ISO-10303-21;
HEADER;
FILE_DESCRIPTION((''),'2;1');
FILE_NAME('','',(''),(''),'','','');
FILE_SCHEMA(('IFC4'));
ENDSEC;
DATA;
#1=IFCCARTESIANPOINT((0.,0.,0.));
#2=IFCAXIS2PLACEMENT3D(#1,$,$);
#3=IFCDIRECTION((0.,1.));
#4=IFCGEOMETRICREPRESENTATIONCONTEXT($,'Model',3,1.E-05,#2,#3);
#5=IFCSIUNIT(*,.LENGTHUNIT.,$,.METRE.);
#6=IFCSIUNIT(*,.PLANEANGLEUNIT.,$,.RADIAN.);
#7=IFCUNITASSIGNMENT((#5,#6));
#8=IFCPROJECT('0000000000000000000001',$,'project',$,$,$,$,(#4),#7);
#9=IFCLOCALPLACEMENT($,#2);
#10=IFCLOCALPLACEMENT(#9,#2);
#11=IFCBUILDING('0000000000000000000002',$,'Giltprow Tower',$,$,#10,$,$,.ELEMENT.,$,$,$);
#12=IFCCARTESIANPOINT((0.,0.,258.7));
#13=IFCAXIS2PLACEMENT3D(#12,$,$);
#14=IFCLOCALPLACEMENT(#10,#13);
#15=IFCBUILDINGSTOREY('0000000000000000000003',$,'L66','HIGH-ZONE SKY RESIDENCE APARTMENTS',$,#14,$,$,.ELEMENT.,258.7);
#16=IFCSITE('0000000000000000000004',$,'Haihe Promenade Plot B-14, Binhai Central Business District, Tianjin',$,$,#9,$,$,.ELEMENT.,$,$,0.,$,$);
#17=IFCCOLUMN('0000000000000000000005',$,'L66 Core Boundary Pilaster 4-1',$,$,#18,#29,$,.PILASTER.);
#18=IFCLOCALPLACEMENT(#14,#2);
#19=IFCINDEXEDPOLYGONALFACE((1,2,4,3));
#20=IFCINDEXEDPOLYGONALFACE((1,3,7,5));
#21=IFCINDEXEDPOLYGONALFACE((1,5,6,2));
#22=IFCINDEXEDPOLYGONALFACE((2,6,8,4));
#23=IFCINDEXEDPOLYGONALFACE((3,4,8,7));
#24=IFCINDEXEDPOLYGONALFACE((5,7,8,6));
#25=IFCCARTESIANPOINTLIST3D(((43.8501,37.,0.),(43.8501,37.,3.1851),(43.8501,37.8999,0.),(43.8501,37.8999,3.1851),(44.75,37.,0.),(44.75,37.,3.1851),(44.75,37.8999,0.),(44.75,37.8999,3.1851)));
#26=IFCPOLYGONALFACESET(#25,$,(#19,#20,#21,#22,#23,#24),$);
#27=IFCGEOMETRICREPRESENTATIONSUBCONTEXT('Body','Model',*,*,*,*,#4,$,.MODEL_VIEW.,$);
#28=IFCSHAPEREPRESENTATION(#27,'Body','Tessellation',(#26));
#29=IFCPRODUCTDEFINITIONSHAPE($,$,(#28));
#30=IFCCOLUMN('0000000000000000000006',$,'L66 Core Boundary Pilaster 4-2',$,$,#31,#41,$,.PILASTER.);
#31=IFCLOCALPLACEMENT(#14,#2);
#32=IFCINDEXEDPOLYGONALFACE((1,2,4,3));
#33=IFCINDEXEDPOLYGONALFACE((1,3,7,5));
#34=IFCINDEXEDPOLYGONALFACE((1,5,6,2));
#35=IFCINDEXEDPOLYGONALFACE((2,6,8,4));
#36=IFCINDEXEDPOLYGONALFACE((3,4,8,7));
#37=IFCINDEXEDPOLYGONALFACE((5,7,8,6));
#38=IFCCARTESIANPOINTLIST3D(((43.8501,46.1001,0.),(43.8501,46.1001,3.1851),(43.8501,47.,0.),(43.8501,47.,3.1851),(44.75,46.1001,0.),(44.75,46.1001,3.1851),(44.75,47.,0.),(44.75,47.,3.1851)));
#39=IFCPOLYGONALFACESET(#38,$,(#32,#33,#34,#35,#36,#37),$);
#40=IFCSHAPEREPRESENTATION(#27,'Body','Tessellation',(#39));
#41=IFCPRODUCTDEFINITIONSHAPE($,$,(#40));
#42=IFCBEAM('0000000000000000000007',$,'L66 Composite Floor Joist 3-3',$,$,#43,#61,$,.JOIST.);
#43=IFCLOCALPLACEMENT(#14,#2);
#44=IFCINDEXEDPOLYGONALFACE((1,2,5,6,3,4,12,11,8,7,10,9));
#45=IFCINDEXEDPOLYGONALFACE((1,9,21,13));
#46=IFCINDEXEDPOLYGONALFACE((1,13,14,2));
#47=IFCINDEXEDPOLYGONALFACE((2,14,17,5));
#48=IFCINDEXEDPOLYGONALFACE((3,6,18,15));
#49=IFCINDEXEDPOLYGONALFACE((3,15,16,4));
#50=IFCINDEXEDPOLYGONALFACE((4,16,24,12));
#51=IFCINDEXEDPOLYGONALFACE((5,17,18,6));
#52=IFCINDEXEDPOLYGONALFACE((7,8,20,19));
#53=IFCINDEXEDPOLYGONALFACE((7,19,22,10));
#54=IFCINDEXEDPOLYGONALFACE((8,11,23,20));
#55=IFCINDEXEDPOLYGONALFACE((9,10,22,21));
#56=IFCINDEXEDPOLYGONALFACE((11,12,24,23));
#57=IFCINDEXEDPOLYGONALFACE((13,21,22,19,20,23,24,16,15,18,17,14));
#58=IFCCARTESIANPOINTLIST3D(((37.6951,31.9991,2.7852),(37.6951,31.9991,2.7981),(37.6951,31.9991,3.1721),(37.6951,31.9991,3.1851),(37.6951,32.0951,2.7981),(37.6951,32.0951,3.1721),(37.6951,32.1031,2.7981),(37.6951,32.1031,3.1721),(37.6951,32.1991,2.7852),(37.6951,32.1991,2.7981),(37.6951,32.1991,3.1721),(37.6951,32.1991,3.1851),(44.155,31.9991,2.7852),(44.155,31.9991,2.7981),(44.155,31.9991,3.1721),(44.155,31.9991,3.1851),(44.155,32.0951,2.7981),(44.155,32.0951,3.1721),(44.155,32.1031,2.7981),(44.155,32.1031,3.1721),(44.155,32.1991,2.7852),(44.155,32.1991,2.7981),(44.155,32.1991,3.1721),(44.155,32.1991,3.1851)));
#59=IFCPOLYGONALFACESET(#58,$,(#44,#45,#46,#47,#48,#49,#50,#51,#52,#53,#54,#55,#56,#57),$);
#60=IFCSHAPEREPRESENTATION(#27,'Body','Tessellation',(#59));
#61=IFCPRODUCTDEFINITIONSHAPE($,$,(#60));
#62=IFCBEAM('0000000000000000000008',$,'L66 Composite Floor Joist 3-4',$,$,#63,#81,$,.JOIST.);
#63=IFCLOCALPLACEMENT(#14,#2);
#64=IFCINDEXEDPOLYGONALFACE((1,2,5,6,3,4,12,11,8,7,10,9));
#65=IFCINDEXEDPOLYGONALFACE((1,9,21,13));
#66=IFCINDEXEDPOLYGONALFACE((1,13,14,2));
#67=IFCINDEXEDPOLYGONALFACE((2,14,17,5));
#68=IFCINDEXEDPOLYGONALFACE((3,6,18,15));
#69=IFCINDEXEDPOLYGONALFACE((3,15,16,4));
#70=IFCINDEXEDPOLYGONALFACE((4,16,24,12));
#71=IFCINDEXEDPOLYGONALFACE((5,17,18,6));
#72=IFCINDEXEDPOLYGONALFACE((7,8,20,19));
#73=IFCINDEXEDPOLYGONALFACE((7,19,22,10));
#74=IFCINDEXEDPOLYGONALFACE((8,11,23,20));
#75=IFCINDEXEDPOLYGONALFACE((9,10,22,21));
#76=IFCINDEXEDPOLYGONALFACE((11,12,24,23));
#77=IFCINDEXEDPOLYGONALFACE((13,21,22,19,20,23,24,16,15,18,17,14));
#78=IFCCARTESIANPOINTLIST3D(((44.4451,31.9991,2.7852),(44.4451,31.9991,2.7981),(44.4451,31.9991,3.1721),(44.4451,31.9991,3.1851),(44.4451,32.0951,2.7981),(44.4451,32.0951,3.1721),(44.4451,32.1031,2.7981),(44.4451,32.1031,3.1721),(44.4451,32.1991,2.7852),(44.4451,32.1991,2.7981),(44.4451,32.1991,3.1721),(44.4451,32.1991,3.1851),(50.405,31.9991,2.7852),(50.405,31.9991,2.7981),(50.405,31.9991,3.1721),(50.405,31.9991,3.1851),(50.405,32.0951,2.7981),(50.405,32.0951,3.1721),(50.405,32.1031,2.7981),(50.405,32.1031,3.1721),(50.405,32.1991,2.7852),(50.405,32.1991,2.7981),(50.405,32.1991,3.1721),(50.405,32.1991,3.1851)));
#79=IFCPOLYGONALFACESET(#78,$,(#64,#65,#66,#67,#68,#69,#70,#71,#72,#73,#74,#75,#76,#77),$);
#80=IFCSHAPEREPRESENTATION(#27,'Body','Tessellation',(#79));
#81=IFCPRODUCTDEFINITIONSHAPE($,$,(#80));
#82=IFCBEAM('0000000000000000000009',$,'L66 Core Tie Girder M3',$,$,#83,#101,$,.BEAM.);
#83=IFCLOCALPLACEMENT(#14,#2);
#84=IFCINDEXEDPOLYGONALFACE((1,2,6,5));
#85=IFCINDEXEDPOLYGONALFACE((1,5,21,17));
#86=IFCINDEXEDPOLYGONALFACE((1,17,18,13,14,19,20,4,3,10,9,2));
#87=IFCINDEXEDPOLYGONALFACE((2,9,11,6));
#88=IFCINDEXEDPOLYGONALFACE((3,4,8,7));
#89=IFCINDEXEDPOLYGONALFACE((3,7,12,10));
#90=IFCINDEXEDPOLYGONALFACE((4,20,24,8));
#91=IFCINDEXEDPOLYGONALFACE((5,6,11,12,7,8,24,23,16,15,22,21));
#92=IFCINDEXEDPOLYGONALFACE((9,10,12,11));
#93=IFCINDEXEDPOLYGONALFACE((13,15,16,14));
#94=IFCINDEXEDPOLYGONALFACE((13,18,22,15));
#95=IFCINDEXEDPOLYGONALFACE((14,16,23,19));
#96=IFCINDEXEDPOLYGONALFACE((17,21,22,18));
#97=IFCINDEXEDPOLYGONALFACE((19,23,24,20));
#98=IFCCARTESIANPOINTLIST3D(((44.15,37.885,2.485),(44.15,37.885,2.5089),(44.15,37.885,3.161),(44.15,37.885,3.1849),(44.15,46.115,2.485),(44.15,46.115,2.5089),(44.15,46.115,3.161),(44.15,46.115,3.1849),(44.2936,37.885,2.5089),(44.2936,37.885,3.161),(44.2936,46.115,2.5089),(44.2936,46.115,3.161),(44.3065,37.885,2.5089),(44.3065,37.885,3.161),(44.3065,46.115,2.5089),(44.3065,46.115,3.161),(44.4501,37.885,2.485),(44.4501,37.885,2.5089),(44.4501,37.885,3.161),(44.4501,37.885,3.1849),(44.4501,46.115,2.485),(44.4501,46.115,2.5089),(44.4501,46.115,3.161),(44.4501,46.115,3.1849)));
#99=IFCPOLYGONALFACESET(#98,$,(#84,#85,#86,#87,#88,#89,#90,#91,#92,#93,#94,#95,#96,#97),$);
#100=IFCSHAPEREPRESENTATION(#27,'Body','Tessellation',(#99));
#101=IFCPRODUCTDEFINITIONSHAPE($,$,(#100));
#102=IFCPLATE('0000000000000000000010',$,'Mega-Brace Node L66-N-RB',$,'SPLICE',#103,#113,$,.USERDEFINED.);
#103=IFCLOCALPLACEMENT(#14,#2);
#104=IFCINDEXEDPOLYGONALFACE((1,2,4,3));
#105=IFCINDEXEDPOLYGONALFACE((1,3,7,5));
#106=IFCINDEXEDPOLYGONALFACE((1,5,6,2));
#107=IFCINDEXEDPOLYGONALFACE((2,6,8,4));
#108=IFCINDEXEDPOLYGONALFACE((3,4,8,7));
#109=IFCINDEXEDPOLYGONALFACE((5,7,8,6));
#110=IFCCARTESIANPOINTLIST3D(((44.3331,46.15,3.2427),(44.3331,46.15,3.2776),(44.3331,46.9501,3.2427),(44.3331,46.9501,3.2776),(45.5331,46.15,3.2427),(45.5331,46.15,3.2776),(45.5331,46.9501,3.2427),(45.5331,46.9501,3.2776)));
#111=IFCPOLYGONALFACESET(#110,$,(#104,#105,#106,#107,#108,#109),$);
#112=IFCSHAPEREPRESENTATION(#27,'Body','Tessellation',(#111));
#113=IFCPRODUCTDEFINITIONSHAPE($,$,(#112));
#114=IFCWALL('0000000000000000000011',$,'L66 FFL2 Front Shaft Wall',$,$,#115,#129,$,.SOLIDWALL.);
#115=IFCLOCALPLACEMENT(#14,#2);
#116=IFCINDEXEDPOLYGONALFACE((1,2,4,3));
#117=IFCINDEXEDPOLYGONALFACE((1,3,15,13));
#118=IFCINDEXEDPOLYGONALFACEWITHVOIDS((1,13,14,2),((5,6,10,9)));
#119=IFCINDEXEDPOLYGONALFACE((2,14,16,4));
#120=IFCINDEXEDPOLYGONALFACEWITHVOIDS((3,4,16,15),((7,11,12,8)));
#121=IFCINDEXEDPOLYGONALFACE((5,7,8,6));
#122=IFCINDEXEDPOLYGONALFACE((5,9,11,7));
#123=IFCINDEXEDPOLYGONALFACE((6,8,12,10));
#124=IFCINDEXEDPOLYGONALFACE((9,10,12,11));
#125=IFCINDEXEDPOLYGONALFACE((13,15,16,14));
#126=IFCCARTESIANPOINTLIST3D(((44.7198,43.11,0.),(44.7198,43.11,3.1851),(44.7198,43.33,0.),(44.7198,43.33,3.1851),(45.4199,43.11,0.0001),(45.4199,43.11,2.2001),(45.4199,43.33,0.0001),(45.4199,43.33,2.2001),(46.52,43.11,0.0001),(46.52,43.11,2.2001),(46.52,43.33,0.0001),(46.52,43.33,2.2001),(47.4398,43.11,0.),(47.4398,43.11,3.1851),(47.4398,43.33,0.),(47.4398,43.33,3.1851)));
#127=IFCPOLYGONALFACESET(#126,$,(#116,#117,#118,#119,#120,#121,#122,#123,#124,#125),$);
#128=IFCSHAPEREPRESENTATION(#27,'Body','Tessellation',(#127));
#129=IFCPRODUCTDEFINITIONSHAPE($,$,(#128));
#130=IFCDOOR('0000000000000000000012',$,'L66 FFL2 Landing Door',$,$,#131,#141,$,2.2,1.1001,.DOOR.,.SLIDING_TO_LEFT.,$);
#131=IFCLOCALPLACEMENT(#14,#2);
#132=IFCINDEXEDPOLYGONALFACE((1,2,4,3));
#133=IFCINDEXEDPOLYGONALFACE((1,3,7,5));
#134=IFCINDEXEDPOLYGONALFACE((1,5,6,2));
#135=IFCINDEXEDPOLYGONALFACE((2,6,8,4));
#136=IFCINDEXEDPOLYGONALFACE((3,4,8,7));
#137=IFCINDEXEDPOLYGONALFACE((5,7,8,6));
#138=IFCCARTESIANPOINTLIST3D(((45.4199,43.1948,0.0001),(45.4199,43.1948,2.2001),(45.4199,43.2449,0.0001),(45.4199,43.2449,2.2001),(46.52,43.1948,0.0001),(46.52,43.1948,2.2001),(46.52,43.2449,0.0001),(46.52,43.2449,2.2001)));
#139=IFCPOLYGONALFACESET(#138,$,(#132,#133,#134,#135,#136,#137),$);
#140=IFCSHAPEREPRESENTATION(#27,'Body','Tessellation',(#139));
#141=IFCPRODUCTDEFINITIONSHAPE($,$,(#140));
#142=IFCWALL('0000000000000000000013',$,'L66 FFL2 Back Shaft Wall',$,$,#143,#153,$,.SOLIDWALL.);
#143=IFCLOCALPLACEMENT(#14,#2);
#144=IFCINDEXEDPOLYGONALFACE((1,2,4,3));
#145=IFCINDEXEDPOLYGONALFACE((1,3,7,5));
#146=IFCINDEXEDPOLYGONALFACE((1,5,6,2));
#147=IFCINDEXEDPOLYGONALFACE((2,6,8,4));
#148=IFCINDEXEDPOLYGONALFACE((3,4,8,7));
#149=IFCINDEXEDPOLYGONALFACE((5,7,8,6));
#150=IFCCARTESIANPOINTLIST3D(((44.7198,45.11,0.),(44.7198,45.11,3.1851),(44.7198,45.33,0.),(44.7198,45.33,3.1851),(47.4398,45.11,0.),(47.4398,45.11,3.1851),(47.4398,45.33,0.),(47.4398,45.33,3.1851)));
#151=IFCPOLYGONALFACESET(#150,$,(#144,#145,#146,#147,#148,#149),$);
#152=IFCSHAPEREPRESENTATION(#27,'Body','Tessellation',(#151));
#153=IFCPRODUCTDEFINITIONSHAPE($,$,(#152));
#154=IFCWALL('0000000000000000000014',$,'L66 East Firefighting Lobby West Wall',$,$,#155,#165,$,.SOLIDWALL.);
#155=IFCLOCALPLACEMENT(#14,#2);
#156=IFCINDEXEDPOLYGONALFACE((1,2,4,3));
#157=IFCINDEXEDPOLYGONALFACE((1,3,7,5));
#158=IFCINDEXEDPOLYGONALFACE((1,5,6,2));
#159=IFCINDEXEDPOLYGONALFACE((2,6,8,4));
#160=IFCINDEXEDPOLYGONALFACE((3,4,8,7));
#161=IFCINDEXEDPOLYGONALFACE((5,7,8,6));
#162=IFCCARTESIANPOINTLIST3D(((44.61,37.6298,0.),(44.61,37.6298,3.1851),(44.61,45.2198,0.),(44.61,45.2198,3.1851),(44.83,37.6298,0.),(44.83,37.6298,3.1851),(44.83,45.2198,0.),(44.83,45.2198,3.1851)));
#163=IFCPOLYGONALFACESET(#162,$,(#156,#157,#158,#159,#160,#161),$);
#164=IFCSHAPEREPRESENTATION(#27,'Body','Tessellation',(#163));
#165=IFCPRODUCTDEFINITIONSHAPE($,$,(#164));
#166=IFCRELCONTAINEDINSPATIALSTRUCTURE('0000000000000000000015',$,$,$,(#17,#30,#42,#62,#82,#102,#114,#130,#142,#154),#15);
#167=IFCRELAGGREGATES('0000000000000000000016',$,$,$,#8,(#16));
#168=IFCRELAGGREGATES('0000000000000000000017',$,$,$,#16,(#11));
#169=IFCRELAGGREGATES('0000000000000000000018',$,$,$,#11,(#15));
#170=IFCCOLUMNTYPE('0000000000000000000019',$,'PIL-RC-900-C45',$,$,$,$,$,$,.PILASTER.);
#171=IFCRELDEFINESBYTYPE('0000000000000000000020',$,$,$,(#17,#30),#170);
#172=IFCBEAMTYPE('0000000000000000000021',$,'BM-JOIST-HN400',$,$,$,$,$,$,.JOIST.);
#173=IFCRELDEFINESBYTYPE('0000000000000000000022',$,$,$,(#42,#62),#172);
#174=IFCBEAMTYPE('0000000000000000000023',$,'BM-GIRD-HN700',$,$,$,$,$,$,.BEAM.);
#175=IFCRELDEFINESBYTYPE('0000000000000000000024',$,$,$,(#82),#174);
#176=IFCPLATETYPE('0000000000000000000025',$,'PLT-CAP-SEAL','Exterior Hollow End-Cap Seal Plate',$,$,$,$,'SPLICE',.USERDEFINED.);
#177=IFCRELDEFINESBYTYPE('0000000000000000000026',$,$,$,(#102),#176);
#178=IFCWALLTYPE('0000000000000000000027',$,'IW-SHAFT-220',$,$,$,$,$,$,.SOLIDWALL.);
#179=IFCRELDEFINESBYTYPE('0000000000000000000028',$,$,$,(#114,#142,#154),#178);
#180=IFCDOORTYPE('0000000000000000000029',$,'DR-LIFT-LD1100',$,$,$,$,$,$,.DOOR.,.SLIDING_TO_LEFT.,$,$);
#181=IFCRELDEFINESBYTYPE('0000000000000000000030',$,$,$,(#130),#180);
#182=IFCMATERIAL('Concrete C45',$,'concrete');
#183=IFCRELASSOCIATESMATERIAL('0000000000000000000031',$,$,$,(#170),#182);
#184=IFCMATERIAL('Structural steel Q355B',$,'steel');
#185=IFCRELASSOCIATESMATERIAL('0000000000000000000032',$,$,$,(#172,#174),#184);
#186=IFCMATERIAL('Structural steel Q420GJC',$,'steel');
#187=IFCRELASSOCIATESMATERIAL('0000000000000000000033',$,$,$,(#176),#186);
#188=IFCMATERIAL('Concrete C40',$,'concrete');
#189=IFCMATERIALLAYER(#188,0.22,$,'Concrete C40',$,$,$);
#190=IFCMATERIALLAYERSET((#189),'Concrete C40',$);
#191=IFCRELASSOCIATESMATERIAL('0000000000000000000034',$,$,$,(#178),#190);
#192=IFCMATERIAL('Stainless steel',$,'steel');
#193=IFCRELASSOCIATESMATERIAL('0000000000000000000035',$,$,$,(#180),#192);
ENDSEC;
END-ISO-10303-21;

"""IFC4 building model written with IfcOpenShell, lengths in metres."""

from ifc_helpers import new_model, si_unit, direction, frame, frame_2d, origin, origin_2d, place, context, subcontext, project, spatial, rectangle, i_section, extrude, source, transform, mapped, material, layer, layer_set, material_profile, profile_set, type_object, element, fill, save


model = new_model("IFC4")

# Units and contexts
model_context = context("Model", 3, precision=1e-05, world=origin(), true_north=direction((0.0, 1.0)))
body_context = subcontext(model_context, "Body", "Model", "MODEL_VIEW")
ifc_project = project(units=[si_unit("LENGTHUNIT", "METRE"), si_unit("PLANEANGLEUNIT", "RADIAN")], contexts=[model_context])

# Site, building, storey
site_placement = place(None, origin())
site = spatial("IfcSite", under=ifc_project, at=site_placement, Name="Haihe Promenade Plot B-14, Binhai Central Business District, Tianjin", CompositionType="ELEMENT", RefElevation=0.0)
building_placement = place(site_placement, origin())
building = spatial("IfcBuilding", under=site, at=building_placement, Name="Giltprow Tower", CompositionType="ELEMENT")
storey_placement = place(building_placement, frame((0.0, 0.0, 258.7)))
storey = spatial("IfcBuildingStorey", under=building, at=storey_placement, Name="L66", Description="HIGH-ZONE SKY RESIDENCE APARTMENTS", CompositionType="ELEMENT", Elevation=258.7)

# Columns
ifc_material_1 = material(Name="Concrete C45", Category="concrete")
ifc_material_profile_1 = material_profile(ifc_material_1, rectangle(XDim=0.8999, YDim=0.8999, at=origin_2d()), Name="RC 900x900")
ifc_profile_set_1 = profile_set([ifc_material_profile_1], Name="Concrete C45")
column_type = type_object("IfcColumnType", Name="PIL-RC-900-C45", PredefinedType="PILASTER", material=ifc_profile_set_1)
shared_shape_1 = source(origin(), body_context, "Body", "SweptSolid", [
    extrude(rectangle(XDim=0.8999, YDim=0.8999, at=origin_2d()), origin(), (0.0, 0.0, 1.0), 3.1851),
])
for number, where, z_axis, x_axis, name in (
    (1, (44.3, 37.45, 0.0), (0.0, 0.0, 1.0), (1.0, 0.0, 0.0), "L66 Core Boundary Pilaster 4-1"),
    (2, (44.3, 46.55, 0.0), (0.0, 0.0, 1.0), (1.0, 0.0, 0.0), "L66 Core Boundary Pilaster 4-2"),
):
    element("IfcColumn", number, at=place(storey_placement, frame(where, z_axis=z_axis, x_axis=x_axis)), inside=storey, type_object=column_type, Name=name, PredefinedType="PILASTER", context=body_context, shape_type="MappedRepresentation", body=[
        mapped(shared_shape_1, transform((0.0, 0.0, 0.0), x_axis=(1.0, 0.0, 0.0), y_axis=(0.0, 1.0, 0.0), z_axis=(0.0, 0.0, 1.0), scale=1.0)),
    ])

# Beams
ifc_material_2 = material(Name="Structural steel Q355B", Category="steel")
ifc_material_profile_2 = material_profile(ifc_material_2, i_section(OverallWidth=0.2, OverallDepth=0.3999, WebThickness=0.0081, FlangeThickness=0.0129, at=origin_2d()), Name="HN 400x200x8x13")
ifc_profile_set_2 = profile_set([ifc_material_profile_2], Name="Structural steel Q355B")
beam_type_1 = type_object("IfcBeamType", Name="BM-JOIST-HN400", PredefinedType="JOIST", material=ifc_profile_set_2)
shared_shape_2 = source(origin(), body_context, "Body", "SweptSolid", [
    extrude(i_section(OverallWidth=0.2, OverallDepth=0.3999, WebThickness=0.0081, FlangeThickness=0.0129, at=origin_2d()), origin(), (0.0, 0.0, 1.0), 6.46),
])
beam_1_placement = place(storey_placement, frame((37.6951, 32.0991, 2.9851), z_axis=(1.0, 0.0, 0.0), x_axis=(0.0, 1.0, 0.0)))
element("IfcBeam", 3, at=beam_1_placement, inside=storey, type_object=beam_type_1, Name="L66 Composite Floor Joist 3-3", PredefinedType="JOIST", context=body_context, shape_type="MappedRepresentation", body=[
    mapped(shared_shape_2, transform((0.0, 0.0, 0.0), x_axis=(1.0, 0.0, 0.0), y_axis=(0.0, 1.0, 0.0), z_axis=(0.0, 0.0, 1.0), scale=1.0)),
])
shared_shape_3 = source(origin(), body_context, "Body", "SweptSolid", [
    extrude(i_section(OverallWidth=0.2, OverallDepth=0.3999, WebThickness=0.0081, FlangeThickness=0.0129, at=origin_2d()), origin(), (0.0, 0.0, 1.0), 5.96),
])
beam_2_placement = place(storey_placement, frame((44.4451, 32.0991, 2.9851), z_axis=(1.0, 0.0, 0.0), x_axis=(0.0, 1.0, 0.0)))
element("IfcBeam", 4, at=beam_2_placement, inside=storey, type_object=beam_type_1, Name="L66 Composite Floor Joist 3-4", PredefinedType="JOIST", context=body_context, shape_type="MappedRepresentation", body=[
    mapped(shared_shape_3, transform((0.0, 0.0, 0.0), x_axis=(1.0, 0.0, 0.0), y_axis=(0.0, 1.0, 0.0), z_axis=(0.0, 0.0, 1.0), scale=1.0)),
])
ifc_material_profile_3 = material_profile(ifc_material_2, i_section(OverallWidth=0.3, OverallDepth=0.7, WebThickness=0.0129, FlangeThickness=0.0239, at=origin_2d()), Name="HN 700x300x13x24")
ifc_profile_set_3 = profile_set([ifc_material_profile_3], Name="Structural steel Q355B")
beam_type_2 = type_object("IfcBeamType", Name="BM-GIRD-HN700", PredefinedType="BEAM", material=ifc_profile_set_3)
shared_shape_4 = source(origin(), body_context, "Body", "SweptSolid", [
    extrude(i_section(OverallWidth=0.3, OverallDepth=0.7, WebThickness=0.0129, FlangeThickness=0.0239, at=origin_2d()), origin(), (0.0, 0.0, 1.0), 8.23),
])
beam_3_placement = place(storey_placement, frame((44.3, 37.885, 2.835), z_axis=(0.0, 1.0, 0.0), x_axis=(-1.0, 0.0, 0.0)))
element("IfcBeam", 5, at=beam_3_placement, inside=storey, type_object=beam_type_2, Name="L66 Core Tie Girder M3", PredefinedType="BEAM", context=body_context, shape_type="MappedRepresentation", body=[
    mapped(shared_shape_4, transform((0.0, 0.0, 0.0), x_axis=(1.0, 0.0, 0.0), y_axis=(0.0, 1.0, 0.0), z_axis=(0.0, 0.0, 1.0), scale=1.0)),
])

# Plate
ifc_material_3 = material(Name="Structural steel Q420GJC", Category="steel")
plate_type = type_object("IfcPlateType", Name="PLT-CAP-SEAL", Description="Exterior Hollow End-Cap Seal Plate", ElementType="SPLICE", PredefinedType="USERDEFINED", material=ifc_material_3)
shared_shape_5 = source(origin(), body_context, "Body", "SweptSolid", [
    extrude(rectangle(XDim=1.2, YDim=0.8, at=origin_2d()), origin(), (0.0, 0.0, 1.0), 0.0349),
])
plate_placement = place(storey_placement, frame((44.9331, 46.55, 3.2427), z_axis=(0.0, 0.0, 1.0), x_axis=(1.0, 0.0, 0.0)))
element("IfcPlate", 6, at=plate_placement, inside=storey, type_object=plate_type, Name="Mega-Brace Node L66-N-RB", ObjectType="SPLICE", PredefinedType="USERDEFINED", context=body_context, shape_type="MappedRepresentation", body=[
    mapped(shared_shape_5, transform((0.0, 0.0, 0.0), x_axis=(1.0, 0.0, 0.0), y_axis=(0.0, 1.0, 0.0), z_axis=(0.0, 0.0, 1.0), scale=1.0)),
])

# Wall, opening, door
ifc_material_4 = material(Name="Concrete C40", Category="concrete")
ifc_layer_1 = layer(ifc_material_4, 0.22, Name="Concrete C40")
ifc_layer_set_1 = layer_set([ifc_layer_1], Name="Concrete C40")
wall_type_1 = type_object("IfcWallType", Name="IW-SHAFT-220", PredefinedType="SOLIDWALL", material=ifc_layer_set_1)
wall_1_placement = place(storey_placement, frame((44.72, 43.22, 0.0), z_axis=(0.0, 0.0, 1.0), x_axis=(1.0, 0.0, 0.0)))
wall_1 = element("IfcWall", 7, at=wall_1_placement, inside=storey, type_object=wall_type_1, Name="L66 FFL2 Front Shaft Wall", PredefinedType="SOLIDWALL", context=body_context, shape_type="SweptSolid", body=[
    extrude(rectangle(XDim=2.72, YDim=0.22, at=frame_2d((1.3599, 0.0))), origin(), (0.0, 0.0, 1.0), 3.1851),
])
opening_1_placement = place(wall_1_placement, frame((0.7, 0.0, 0.0)))
opening_1 = element("IfcOpeningElement", 8, at=opening_1_placement, cuts=wall_1, PredefinedType="OPENING", context=body_context, shape_type="SweptSolid", body=[
    extrude(rectangle(XDim=1.1001, YDim=2.2, at=frame_2d((0.55, 1.1001))), frame((0.0, 0.1199, 0.0), z_axis=(0.0, -1.0, 0.0), x_axis=(1.0, 0.0, 0.0)), (0.0, 0.0, 1.0), 0.24),
])
ifc_material_5 = material(Name="Stainless steel", Category="steel")
door_type_1 = type_object("IfcDoorType", Name="DR-LIFT-LD1100", OperationType="SLIDING_TO_LEFT", PredefinedType="DOOR", material=ifc_material_5)
shared_shape_6 = source(origin(), body_context, "Body", "SweptSolid", [
    extrude(rectangle(XDim=1.1001, YDim=2.2, at=frame_2d((0.55, 1.1001))), frame((0.0, 0.0249, 0.0), z_axis=(0.0, -1.0, 0.0), x_axis=(1.0, 0.0, 0.0)), (0.0, 0.0, 1.0), 0.05),
])
door_1_placement = place(opening_1_placement, origin())
door_1 = element("IfcDoor", 9, at=door_1_placement, inside=storey, type_object=door_type_1, Name="L66 FFL2 Landing Door", OperationType="SLIDING_TO_LEFT", OverallHeight=2.2, OverallWidth=1.1001, PredefinedType="DOOR", context=body_context, shape_type="MappedRepresentation", body=[
    mapped(shared_shape_6, transform((0.0, 0.0, 0.0), x_axis=(1.0, 0.0, 0.0), y_axis=(0.0, 1.0, 0.0), z_axis=(0.0, 0.0, 1.0), scale=1.0)),
])
fill(opening_1, door_1)

# Walls
wall_2_placement = place(storey_placement, frame((44.72, 45.22, 0.0), z_axis=(0.0, 0.0, 1.0), x_axis=(1.0, 0.0, 0.0)))
element("IfcWall", 10, at=wall_2_placement, inside=storey, type_object=wall_type_1, Name="L66 FFL2 Back Shaft Wall", PredefinedType="SOLIDWALL", context=body_context, shape_type="SweptSolid", body=[
    extrude(rectangle(XDim=2.72, YDim=0.22, at=frame_2d((1.3599, 0.0))), origin(), (0.0, 0.0, 1.0), 3.1851),
])
wall_3_placement = place(storey_placement, frame((44.72, 37.6299, 0.0), z_axis=(0.0, 0.0, 1.0), x_axis=(0.0, 1.0, 0.0)))
element("IfcWall", 11, at=wall_3_placement, inside=storey, type_object=wall_type_1, Name="L66 East Firefighting Lobby West Wall", PredefinedType="SOLIDWALL", context=body_context, shape_type="SweptSolid", body=[
    extrude(rectangle(XDim=7.5901, YDim=0.22, at=frame_2d((3.7949, 0.0))), origin(), (0.0, 0.0, 1.0), 3.1851),
])

save(model, "model.ifc")
